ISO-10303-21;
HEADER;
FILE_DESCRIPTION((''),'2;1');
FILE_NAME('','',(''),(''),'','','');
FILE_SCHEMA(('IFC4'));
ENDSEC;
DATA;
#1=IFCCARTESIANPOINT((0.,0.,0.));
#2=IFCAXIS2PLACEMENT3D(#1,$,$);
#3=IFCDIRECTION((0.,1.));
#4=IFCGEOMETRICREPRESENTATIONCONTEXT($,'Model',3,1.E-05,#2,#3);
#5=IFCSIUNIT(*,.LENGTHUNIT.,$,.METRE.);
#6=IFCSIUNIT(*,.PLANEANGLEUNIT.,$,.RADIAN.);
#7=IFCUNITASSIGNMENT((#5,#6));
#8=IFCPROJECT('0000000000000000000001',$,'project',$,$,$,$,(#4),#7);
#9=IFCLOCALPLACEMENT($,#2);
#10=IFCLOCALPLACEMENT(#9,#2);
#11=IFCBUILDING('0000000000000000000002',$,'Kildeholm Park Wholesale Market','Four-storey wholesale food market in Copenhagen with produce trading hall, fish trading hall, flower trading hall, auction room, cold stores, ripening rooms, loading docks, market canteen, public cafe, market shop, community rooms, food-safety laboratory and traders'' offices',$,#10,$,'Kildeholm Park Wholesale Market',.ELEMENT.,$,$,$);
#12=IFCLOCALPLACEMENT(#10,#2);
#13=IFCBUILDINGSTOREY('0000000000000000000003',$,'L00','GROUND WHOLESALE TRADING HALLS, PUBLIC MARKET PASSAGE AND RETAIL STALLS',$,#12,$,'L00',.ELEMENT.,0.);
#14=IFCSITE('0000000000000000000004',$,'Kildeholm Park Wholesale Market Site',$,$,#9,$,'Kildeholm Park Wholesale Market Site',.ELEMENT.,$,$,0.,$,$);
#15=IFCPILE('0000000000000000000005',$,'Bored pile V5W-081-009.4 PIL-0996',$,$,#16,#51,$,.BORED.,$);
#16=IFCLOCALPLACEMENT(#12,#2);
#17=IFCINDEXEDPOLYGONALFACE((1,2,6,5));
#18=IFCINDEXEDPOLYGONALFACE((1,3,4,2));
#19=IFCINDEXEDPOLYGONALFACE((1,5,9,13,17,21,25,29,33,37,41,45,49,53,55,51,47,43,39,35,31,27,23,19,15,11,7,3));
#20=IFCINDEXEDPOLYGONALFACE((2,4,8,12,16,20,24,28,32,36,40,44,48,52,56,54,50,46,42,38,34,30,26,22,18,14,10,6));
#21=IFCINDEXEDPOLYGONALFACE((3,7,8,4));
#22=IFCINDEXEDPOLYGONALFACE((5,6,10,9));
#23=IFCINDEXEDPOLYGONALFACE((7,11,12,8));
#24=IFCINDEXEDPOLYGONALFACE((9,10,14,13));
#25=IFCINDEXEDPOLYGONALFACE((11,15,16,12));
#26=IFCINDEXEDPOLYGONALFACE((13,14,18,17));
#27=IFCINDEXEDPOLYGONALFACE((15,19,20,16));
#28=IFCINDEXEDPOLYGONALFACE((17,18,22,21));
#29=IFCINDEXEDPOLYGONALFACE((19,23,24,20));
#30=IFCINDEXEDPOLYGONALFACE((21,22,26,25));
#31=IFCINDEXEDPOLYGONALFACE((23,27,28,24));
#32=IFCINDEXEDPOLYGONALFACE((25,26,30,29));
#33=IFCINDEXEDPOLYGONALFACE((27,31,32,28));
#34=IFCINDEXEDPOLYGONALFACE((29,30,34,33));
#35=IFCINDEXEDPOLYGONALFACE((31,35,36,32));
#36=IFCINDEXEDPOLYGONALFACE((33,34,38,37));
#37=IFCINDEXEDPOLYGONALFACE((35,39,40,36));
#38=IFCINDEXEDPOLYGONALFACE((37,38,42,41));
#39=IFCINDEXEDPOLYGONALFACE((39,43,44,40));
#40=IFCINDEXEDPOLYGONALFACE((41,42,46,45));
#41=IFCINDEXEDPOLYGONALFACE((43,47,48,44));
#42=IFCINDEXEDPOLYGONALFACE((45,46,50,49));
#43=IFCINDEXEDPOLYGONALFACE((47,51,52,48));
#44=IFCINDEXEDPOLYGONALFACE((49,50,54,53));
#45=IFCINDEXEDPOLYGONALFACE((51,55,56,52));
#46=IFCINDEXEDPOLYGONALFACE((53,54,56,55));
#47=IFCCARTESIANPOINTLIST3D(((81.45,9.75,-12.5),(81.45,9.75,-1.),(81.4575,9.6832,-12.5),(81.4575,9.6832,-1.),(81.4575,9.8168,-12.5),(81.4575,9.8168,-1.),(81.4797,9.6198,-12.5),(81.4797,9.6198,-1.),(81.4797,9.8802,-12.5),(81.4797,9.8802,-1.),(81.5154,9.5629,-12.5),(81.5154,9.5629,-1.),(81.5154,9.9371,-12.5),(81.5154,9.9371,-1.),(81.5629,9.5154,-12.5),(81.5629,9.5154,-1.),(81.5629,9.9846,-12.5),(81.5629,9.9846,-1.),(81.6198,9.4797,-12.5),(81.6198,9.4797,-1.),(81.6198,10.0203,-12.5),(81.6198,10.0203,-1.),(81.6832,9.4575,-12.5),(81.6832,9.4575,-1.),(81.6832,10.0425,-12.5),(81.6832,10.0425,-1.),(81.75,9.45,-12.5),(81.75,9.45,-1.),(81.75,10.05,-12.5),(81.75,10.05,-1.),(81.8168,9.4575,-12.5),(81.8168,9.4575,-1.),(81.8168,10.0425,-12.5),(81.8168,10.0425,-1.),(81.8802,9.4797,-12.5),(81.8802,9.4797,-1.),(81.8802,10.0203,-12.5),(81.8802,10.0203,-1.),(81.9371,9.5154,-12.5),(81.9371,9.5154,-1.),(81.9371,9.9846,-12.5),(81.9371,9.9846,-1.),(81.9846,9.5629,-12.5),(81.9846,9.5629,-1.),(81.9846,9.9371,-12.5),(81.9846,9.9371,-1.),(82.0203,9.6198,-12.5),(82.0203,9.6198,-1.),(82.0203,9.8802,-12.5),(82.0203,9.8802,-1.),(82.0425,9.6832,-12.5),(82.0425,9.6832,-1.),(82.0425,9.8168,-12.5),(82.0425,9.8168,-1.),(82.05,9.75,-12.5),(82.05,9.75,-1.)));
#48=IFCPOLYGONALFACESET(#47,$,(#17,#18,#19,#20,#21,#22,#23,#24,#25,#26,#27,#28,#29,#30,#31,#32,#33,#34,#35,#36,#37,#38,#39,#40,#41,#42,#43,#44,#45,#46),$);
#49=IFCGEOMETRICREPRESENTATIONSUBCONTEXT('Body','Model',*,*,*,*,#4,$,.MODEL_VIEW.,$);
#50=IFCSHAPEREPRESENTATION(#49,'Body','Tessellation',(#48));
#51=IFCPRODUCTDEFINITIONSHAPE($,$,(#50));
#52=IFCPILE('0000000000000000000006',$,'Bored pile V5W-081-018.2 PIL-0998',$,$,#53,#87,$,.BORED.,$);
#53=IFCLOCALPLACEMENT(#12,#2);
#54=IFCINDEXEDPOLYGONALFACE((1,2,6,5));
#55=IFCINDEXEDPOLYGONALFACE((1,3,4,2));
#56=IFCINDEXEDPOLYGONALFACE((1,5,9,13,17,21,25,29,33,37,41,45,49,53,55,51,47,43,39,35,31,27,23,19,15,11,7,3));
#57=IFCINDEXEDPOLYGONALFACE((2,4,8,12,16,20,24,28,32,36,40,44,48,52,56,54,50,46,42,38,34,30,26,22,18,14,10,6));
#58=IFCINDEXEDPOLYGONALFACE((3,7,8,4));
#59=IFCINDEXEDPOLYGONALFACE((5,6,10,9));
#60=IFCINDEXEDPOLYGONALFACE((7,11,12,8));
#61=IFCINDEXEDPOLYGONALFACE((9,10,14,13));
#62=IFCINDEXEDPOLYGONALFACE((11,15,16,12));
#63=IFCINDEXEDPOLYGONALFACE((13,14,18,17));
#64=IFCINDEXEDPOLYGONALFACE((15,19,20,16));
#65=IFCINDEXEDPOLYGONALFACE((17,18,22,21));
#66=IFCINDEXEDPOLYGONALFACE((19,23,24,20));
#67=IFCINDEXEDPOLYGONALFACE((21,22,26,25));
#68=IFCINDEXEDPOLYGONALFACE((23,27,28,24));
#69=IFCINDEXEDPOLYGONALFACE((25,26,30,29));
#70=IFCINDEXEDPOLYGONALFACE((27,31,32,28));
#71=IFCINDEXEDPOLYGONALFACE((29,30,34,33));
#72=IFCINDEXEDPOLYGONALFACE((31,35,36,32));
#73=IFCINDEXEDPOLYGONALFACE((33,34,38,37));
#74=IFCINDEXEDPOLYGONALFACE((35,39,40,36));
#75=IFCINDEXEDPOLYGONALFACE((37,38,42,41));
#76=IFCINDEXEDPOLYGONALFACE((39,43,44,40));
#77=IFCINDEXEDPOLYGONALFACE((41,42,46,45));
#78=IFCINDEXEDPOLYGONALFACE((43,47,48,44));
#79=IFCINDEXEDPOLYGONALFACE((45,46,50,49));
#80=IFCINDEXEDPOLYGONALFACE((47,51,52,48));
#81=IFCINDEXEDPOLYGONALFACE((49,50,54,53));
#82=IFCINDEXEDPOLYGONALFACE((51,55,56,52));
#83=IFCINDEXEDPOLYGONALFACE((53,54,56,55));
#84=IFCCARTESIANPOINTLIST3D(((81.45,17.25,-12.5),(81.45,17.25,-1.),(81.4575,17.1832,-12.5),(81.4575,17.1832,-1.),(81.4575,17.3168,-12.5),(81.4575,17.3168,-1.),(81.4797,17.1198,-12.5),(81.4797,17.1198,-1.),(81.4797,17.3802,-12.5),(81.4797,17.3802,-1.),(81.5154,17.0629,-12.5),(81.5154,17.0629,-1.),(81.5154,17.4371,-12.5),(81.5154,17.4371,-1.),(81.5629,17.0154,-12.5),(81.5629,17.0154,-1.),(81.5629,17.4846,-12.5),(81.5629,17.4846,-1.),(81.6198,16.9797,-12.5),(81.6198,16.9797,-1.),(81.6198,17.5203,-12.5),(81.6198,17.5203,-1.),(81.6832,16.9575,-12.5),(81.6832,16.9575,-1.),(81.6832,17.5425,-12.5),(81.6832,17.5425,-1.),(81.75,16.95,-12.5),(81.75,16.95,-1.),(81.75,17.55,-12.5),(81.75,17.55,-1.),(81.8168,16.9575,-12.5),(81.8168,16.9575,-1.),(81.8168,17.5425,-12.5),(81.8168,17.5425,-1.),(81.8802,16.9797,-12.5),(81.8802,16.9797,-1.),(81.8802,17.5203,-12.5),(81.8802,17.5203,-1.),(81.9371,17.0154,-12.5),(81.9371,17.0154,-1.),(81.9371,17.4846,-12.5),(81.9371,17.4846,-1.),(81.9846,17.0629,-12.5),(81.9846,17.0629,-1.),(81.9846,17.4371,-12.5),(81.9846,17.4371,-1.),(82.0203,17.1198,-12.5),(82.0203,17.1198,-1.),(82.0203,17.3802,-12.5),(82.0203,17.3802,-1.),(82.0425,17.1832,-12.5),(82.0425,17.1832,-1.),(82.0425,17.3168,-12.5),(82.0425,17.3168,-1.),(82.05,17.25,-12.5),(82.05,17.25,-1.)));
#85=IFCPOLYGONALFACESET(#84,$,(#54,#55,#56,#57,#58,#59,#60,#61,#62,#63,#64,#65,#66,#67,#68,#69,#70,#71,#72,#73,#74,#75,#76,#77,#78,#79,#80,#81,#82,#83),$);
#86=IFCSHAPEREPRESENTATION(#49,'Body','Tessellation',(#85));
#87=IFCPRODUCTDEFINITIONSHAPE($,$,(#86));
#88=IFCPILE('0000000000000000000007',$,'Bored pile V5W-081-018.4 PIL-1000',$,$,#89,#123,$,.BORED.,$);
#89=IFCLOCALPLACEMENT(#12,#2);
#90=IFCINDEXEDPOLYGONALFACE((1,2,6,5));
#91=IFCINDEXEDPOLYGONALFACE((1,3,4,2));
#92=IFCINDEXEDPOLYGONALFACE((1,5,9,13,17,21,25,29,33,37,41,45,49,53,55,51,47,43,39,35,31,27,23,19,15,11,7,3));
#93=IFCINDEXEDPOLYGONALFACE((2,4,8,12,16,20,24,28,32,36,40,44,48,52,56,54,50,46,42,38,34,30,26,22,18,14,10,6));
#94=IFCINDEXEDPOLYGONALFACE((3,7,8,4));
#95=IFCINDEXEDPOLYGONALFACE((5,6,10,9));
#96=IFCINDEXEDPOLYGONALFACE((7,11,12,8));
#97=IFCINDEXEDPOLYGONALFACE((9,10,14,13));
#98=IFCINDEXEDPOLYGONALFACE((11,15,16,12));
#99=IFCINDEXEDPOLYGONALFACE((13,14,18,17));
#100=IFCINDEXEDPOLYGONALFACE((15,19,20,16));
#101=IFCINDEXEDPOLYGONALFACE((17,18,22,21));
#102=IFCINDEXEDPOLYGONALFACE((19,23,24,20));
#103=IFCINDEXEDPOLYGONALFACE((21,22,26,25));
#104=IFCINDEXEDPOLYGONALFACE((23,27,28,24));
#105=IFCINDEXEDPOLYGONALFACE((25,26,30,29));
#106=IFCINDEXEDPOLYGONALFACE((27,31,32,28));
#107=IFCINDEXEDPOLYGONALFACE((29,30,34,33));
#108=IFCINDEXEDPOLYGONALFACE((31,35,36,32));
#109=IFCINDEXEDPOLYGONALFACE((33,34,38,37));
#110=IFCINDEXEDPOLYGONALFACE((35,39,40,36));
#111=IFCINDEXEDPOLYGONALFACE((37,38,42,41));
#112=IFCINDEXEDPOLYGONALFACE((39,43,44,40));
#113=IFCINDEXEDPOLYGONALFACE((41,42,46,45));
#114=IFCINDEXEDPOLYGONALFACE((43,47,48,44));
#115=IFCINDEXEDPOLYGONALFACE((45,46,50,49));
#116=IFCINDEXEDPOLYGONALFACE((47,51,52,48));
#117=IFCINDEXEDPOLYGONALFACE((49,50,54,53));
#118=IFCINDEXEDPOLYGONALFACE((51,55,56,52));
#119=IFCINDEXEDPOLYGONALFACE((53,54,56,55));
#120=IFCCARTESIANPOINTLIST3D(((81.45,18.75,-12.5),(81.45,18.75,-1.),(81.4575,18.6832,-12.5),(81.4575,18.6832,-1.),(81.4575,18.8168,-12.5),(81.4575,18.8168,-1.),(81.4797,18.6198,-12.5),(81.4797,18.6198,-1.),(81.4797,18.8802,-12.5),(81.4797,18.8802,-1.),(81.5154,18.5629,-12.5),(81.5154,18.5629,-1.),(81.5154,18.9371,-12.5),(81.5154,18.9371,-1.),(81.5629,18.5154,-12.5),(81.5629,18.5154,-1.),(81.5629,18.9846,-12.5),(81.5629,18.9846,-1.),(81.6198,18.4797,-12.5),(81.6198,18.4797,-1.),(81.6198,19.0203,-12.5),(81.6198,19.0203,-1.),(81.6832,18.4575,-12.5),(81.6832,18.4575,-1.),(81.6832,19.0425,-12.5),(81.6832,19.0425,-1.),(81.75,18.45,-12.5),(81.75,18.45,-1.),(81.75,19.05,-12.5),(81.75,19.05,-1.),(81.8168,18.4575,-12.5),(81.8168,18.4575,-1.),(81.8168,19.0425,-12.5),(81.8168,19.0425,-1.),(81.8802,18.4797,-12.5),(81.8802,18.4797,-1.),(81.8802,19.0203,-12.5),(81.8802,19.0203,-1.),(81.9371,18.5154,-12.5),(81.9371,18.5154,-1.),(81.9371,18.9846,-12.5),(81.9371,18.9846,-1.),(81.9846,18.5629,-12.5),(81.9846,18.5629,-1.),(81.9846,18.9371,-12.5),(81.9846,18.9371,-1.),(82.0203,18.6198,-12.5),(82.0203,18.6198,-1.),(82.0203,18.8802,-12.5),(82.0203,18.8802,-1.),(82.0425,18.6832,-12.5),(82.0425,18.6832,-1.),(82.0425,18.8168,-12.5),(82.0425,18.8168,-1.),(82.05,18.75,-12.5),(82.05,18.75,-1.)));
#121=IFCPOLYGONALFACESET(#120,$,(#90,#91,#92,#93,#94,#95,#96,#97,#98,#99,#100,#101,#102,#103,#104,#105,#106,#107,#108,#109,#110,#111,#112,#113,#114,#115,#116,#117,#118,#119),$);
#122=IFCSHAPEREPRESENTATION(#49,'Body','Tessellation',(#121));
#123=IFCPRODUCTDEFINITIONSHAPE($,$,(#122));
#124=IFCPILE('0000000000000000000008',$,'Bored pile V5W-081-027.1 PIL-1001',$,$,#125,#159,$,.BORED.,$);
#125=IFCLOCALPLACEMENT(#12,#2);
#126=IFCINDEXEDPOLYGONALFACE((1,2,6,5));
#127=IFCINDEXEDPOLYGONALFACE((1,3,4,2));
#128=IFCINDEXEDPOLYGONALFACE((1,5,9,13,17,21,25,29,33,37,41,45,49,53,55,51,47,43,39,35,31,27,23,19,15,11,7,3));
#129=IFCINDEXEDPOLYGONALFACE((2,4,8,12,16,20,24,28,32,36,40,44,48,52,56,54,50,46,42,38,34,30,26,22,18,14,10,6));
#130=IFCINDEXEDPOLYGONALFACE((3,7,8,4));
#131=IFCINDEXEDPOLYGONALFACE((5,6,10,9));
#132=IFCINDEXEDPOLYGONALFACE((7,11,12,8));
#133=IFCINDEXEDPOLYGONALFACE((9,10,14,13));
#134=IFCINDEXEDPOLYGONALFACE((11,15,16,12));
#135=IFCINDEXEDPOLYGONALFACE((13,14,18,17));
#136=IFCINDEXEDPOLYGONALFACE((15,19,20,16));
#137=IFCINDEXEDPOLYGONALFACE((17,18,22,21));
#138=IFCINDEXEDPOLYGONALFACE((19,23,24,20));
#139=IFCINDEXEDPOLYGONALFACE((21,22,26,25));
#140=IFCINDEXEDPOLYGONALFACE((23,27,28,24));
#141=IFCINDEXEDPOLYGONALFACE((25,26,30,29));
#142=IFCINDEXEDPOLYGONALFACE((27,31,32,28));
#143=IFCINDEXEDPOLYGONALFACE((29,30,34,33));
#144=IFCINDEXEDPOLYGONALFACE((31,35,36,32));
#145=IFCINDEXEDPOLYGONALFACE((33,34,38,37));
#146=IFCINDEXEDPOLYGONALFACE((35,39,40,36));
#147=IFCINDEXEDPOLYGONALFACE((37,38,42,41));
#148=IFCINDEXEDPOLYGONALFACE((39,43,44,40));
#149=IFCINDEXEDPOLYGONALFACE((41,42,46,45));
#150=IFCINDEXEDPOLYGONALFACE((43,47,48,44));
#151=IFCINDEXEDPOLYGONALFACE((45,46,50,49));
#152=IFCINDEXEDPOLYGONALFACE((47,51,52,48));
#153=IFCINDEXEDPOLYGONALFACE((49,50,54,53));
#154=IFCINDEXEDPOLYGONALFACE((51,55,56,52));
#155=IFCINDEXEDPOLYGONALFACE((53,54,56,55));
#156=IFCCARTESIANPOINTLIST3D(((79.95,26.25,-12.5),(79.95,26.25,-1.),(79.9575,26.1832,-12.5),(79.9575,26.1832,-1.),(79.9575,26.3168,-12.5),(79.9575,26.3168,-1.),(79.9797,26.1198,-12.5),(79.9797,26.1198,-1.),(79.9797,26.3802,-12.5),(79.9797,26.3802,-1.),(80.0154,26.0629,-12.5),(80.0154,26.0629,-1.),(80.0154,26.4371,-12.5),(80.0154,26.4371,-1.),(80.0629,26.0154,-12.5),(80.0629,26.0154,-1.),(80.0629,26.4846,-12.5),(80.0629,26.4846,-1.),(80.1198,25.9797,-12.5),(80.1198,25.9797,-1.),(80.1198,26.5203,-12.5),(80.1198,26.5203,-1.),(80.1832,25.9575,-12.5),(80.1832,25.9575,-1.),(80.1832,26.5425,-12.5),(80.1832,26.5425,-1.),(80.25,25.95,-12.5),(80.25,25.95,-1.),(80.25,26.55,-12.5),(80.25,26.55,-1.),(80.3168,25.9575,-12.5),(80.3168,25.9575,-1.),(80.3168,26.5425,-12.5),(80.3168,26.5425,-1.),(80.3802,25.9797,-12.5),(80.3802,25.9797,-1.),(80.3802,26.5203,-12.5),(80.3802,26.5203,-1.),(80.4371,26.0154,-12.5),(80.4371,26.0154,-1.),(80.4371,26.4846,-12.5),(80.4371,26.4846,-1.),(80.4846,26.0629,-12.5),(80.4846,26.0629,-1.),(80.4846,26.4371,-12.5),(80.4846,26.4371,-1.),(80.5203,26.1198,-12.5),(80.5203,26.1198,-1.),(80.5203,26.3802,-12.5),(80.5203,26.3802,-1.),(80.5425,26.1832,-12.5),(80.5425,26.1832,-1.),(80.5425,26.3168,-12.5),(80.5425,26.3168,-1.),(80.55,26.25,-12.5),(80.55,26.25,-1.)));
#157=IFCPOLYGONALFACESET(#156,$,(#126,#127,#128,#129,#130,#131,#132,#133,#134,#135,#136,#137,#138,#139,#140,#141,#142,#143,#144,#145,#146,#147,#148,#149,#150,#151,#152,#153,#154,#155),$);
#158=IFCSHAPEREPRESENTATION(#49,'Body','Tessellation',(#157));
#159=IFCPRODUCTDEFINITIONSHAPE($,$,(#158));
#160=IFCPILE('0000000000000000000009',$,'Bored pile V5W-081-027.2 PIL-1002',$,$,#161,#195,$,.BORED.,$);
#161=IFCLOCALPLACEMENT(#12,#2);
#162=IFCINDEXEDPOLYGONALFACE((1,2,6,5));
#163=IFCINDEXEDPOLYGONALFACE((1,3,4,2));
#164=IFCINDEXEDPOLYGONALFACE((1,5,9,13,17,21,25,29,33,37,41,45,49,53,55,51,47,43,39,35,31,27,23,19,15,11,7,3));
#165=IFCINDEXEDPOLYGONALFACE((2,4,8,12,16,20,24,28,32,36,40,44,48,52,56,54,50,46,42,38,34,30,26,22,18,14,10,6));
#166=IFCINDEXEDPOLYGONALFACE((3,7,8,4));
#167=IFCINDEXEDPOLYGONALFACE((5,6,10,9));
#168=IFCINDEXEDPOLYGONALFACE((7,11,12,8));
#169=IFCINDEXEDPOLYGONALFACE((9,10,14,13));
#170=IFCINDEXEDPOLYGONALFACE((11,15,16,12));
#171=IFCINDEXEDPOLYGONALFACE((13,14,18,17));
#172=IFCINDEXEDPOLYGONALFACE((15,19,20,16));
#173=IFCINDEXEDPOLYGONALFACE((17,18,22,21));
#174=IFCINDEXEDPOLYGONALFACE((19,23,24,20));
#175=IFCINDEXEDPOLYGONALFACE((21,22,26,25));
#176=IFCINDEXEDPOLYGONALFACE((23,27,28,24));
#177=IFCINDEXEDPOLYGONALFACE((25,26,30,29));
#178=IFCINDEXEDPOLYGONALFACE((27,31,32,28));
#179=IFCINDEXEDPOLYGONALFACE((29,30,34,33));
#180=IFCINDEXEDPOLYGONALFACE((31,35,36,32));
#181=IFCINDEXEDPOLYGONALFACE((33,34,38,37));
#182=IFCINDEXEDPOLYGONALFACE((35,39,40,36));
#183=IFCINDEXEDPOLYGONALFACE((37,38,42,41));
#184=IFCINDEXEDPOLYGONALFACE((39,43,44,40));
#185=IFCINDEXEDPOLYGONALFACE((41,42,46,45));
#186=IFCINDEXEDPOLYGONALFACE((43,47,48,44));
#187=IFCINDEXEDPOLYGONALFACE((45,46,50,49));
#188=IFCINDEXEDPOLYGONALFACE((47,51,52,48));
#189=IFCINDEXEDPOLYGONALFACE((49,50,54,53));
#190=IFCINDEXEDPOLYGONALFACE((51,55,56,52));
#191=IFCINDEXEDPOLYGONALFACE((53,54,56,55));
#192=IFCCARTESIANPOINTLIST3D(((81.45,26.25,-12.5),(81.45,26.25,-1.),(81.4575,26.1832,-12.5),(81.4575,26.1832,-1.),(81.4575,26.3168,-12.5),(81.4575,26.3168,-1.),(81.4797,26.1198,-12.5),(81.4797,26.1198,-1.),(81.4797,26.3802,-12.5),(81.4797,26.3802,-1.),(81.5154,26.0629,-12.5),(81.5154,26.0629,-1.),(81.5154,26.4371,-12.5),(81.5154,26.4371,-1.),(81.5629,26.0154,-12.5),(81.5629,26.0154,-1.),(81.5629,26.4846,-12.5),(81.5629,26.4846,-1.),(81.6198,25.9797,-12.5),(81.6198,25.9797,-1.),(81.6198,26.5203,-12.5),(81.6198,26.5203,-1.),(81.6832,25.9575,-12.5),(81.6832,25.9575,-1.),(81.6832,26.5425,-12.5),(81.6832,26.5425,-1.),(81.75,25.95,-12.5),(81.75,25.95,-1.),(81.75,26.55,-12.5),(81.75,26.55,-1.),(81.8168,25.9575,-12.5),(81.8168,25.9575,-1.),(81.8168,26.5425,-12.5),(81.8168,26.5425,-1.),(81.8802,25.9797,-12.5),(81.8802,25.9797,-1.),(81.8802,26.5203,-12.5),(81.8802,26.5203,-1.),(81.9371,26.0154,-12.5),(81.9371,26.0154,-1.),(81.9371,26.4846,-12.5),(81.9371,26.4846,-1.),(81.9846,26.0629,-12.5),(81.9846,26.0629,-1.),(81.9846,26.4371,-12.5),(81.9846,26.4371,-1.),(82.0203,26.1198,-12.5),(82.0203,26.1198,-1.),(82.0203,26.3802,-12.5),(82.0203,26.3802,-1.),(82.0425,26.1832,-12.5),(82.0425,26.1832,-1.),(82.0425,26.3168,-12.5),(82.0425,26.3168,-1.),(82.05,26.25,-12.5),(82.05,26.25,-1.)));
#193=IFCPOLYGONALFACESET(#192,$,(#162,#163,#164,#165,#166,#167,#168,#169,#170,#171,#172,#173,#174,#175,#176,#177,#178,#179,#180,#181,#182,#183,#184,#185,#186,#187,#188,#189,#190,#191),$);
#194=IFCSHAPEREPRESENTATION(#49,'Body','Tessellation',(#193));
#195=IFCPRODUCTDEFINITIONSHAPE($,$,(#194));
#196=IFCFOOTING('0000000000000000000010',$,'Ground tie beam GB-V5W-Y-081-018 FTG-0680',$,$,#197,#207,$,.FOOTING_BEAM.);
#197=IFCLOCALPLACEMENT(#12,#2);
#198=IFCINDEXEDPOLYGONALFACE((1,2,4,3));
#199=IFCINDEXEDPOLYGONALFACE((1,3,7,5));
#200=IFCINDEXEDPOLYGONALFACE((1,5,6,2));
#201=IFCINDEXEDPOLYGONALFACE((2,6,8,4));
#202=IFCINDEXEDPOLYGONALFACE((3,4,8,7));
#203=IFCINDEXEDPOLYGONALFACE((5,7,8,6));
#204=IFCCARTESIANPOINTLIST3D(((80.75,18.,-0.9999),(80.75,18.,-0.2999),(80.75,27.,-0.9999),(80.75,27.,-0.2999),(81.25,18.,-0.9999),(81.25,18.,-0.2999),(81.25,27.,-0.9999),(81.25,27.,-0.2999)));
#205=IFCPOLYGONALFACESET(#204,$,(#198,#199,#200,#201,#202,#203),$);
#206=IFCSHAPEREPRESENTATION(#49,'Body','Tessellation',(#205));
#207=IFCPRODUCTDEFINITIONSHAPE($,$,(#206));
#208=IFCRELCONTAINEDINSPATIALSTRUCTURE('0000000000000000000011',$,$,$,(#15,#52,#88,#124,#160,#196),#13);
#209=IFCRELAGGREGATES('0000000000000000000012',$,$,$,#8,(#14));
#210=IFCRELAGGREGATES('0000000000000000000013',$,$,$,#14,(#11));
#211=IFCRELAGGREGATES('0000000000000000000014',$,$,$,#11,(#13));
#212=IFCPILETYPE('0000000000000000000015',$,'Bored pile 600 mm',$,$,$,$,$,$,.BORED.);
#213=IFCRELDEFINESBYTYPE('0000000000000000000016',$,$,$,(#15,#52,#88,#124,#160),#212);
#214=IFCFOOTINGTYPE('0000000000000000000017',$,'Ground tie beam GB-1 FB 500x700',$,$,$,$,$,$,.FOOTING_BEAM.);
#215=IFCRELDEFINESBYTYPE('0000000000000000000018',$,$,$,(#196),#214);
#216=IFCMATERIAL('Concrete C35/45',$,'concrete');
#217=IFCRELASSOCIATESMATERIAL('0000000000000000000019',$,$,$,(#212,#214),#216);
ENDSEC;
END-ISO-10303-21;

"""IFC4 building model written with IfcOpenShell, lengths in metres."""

from ifc_helpers import new_model, si_unit, direction, frame, origin, origin_2d, place, context, subcontext, project, spatial, rectangle, circle, extrude, material, material_profile, profile_set, type_object, element, save


model = new_model("IFC4")

# Units and contexts
model_context = context("Model", 3, precision=1e-05, world=origin(), true_north=direction((0.0, 1.0)))
body_context = subcontext(model_context, "Body", "Model", "MODEL_VIEW")
ifc_project = project(units=[si_unit("LENGTHUNIT", "METRE"), si_unit("PLANEANGLEUNIT", "RADIAN")], contexts=[model_context])

# Site, building, storey
site_placement = place(None, origin())
site = spatial("IfcSite", under=ifc_project, at=site_placement, Name="Kildeholm Park Wholesale Market Site", LongName="Kildeholm Park Wholesale Market Site", CompositionType="ELEMENT", RefElevation=0.0)
building_placement = place(site_placement, origin())
building = spatial("IfcBuilding", under=site, at=building_placement, Name="Kildeholm Park Wholesale Market", Description="Four-storey wholesale food market in Copenhagen with produce trading hall, fish trading hall, flower trading hall, auction room, cold stores, ripening rooms, loading docks, market canteen, public cafe, market shop, community rooms, food-safety laboratory and traders' offices", LongName="Kildeholm Park Wholesale Market", CompositionType="ELEMENT")
storey_placement = place(building_placement, origin())
storey = spatial("IfcBuildingStorey", under=building, at=storey_placement, Name="L00", Description="GROUND WHOLESALE TRADING HALLS, PUBLIC MARKET PASSAGE AND RETAIL STALLS", LongName="L00", CompositionType="ELEMENT", Elevation=0.0)

# Piles
ifc_material_1 = material(Name="Concrete C35/45", Category="concrete")
ifc_material_profile_1 = material_profile(ifc_material_1, circle(Radius=0.3, at=origin_2d()), Name="PILE D600")
ifc_profile_set_1 = profile_set([ifc_material_profile_1], Name="Concrete C35/45")
pile_type = type_object("IfcPileType", Name="Bored pile 600 mm", PredefinedType="BORED", material=ifc_profile_set_1)
for number, where, z_axis, x_axis, name in (
    (1, (81.75, 9.75, -1.0), (0.0, 0.0, -1.0), (1.0, 0.0, 0.0), "Bored pile V5W-081-009.4 PIL-0996"),
    (2, (81.75, 17.25, -1.0), (0.0, 0.0, -1.0), (1.0, 0.0, 0.0), "Bored pile V5W-081-018.2 PIL-0998"),
    (3, (81.75, 18.75, -1.0), (0.0, 0.0, -1.0), (1.0, 0.0, 0.0), "Bored pile V5W-081-018.4 PIL-1000"),
    (4, (80.25, 26.25, -1.0), (0.0, 0.0, -1.0), (1.0, 0.0, 0.0), "Bored pile V5W-081-027.1 PIL-1001"),
    (5, (81.75, 26.25, -1.0), (0.0, 0.0, -1.0), (1.0, 0.0, 0.0), "Bored pile V5W-081-027.2 PIL-1002"),
):
    element("IfcPile", number, at=place(storey_placement, frame(where, z_axis=z_axis, x_axis=x_axis)), inside=storey, type_object=pile_type, Name=name, PredefinedType="BORED", context=body_context, shape_type="SweptSolid", body=[
        extrude(circle(Radius=0.3, at=origin_2d()), origin(), (0.0, 0.0, 1.0), 11.5),
    ])

# Footing
ifc_material_profile_2 = material_profile(ifc_material_1, rectangle(XDim=0.5, YDim=0.7, at=origin_2d()), Name="FB 500x700")
ifc_profile_set_2 = profile_set([ifc_material_profile_2], Name="Concrete C35/45")
footing_type_1 = type_object("IfcFootingType", Name="Ground tie beam GB-1 FB 500x700", PredefinedType="FOOTING_BEAM", material=ifc_profile_set_2)
footing_1_placement = place(storey_placement, frame((81.0, 18.0, -0.6499), z_axis=(0.0, 1.0, 0.0), x_axis=(-1.0, 0.0, 0.0)))
element("IfcFooting", 6, at=footing_1_placement, inside=storey, type_object=footing_type_1, Name="Ground tie beam GB-V5W-Y-081-018 FTG-0680", PredefinedType="FOOTING_BEAM", context=body_context, shape_type="SweptSolid", body=[
    extrude(rectangle(XDim=0.5, YDim=0.7, at=origin_2d()), origin(), (0.0, 0.0, 1.0), 9.0),
])

save(model, "model.ifc")
